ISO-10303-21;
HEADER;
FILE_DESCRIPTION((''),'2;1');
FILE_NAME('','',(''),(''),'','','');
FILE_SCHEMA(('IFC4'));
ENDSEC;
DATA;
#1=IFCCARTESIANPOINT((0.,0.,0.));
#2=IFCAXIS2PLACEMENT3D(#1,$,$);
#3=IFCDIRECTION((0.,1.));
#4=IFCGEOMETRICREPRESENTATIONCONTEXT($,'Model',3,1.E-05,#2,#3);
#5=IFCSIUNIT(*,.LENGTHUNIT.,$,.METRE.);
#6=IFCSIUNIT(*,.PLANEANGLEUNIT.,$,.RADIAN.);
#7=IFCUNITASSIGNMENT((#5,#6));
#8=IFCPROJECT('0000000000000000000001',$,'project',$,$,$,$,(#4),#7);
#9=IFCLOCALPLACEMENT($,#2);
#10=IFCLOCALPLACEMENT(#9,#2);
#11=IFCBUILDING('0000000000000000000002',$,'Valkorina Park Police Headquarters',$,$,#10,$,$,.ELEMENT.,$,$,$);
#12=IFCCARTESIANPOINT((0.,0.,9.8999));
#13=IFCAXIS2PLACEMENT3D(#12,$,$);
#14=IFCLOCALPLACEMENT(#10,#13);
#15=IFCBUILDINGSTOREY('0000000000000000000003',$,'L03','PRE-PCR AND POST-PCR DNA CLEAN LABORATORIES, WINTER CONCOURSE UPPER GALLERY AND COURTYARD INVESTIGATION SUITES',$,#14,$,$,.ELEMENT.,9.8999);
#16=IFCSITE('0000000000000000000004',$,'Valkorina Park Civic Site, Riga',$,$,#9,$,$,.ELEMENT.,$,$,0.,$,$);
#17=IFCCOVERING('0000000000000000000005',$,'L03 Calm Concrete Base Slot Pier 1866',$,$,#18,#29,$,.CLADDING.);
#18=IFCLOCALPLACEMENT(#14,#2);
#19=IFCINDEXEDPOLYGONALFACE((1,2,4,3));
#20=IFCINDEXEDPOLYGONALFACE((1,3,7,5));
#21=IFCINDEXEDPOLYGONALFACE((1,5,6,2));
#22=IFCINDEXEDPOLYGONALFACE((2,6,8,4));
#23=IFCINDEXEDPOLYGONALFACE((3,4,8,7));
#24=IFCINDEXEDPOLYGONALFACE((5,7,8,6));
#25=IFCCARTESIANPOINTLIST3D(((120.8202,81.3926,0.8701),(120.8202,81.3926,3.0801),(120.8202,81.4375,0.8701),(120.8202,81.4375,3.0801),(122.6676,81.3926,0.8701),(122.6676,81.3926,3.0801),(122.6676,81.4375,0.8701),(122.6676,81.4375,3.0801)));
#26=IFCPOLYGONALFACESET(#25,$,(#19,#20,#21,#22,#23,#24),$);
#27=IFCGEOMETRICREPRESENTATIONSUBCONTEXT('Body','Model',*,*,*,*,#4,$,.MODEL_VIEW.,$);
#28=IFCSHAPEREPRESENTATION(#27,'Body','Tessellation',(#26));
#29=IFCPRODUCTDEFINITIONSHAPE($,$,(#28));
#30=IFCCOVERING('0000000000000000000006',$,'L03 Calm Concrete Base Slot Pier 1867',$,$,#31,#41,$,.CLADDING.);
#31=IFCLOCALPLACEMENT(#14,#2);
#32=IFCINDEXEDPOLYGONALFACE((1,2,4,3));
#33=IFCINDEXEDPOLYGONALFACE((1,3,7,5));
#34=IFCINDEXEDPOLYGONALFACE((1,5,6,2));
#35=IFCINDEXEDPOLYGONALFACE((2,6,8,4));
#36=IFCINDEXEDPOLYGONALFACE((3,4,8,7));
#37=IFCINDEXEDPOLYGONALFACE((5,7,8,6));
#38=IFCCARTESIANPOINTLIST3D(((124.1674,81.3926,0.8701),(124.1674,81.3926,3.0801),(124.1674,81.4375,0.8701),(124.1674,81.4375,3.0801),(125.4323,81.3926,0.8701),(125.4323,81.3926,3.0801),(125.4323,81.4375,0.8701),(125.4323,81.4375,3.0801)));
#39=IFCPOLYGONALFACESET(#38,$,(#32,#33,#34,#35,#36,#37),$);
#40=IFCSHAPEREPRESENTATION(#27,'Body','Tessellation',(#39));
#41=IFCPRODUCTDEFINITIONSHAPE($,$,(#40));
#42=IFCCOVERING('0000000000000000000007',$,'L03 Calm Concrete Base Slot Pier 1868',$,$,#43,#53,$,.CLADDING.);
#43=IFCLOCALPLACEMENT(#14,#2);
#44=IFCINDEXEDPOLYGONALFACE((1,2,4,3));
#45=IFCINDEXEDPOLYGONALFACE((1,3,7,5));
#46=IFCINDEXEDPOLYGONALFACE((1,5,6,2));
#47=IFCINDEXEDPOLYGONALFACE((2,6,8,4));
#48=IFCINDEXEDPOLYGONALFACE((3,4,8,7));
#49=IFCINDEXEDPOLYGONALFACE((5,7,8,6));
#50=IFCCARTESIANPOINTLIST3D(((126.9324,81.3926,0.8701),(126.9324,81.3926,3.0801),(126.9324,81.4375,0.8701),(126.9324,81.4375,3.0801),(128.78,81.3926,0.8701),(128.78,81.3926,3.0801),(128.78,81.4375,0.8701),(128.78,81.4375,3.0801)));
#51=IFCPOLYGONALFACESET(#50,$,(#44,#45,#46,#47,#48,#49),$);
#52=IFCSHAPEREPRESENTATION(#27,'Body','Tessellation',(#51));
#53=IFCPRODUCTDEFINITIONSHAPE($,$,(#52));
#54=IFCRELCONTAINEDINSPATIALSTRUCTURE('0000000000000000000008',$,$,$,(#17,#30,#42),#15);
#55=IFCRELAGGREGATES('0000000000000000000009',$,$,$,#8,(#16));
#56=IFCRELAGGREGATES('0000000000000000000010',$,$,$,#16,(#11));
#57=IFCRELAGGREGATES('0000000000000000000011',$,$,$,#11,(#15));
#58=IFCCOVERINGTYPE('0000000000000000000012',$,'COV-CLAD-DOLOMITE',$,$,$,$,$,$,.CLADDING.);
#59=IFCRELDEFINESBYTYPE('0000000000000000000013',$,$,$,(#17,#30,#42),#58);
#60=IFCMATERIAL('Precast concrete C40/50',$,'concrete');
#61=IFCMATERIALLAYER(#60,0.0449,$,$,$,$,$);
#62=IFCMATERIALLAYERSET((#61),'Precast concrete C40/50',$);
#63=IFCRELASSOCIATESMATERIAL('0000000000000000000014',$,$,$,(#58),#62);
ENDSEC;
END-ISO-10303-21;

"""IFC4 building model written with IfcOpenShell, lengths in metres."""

from ifc_helpers import new_model, si_unit, direction, frame, frame_2d, origin, place, context, subcontext, project, spatial, rectangle, extrude, material, layer, layer_set, type_object, element, save


model = new_model("IFC4")

# Units and contexts
model_context = context("Model", 3, precision=1e-05, world=origin(), true_north=direction((0.0, 1.0)))
body_context = subcontext(model_context, "Body", "Model", "MODEL_VIEW")
ifc_project = project(units=[si_unit("LENGTHUNIT", "METRE"), si_unit("PLANEANGLEUNIT", "RADIAN")], contexts=[model_context])

# Site, building, storey
site_placement = place(None, origin())
site = spatial("IfcSite", under=ifc_project, at=site_placement, Name="Valkorina Park Civic Site, Riga", CompositionType="ELEMENT", RefElevation=0.0)
building_placement = place(site_placement, origin())
building = spatial("IfcBuilding", under=site, at=building_placement, Name="Valkorina Park Police Headquarters", CompositionType="ELEMENT")
storey_placement = place(building_placement, frame((0.0, 0.0, 9.8999)))
storey = spatial("IfcBuildingStorey", under=building, at=storey_placement, Name="L03", Description="PRE-PCR AND POST-PCR DNA CLEAN LABORATORIES, WINTER CONCOURSE UPPER GALLERY AND COURTYARD INVESTIGATION SUITES", CompositionType="ELEMENT", Elevation=9.8999)

# Shared definitions
ifc_material_1 = material(Name="Precast concrete C40/50", Category="concrete")

# Coverings
ifc_layer_1 = layer(ifc_material_1, 0.0449)
ifc_layer_set_1 = layer_set([ifc_layer_1], Name="Precast concrete C40/50")
covering_type = type_object("IfcCoveringType", Name="COV-CLAD-DOLOMITE", PredefinedType="CLADDING", material=ifc_layer_set_1)
covering_1_placement = place(storey_placement, frame((120.8201, 81.415, 0.8701), z_axis=(0.0, 0.0, 1.0), x_axis=(1.0, 0.0, 0.0)))
element("IfcCovering", 1, at=covering_1_placement, inside=storey, type_object=covering_type, Name="L03 Calm Concrete Base Slot Pier 1866", PredefinedType="CLADDING", context=body_context, shape_type="SweptSolid", body=[
    extrude(rectangle(XDim=1.8474, YDim=0.0449, at=frame_2d((0.9238, 0.0))), origin(), (0.0, 0.0, 1.0), 2.21),
])
covering_2_placement = place(storey_placement, frame((124.1675, 81.415, 0.8701), z_axis=(0.0, 0.0, 1.0), x_axis=(1.0, 0.0, 0.0)))
element("IfcCovering", 2, at=covering_2_placement, inside=storey, type_object=covering_type, Name="L03 Calm Concrete Base Slot Pier 1867", PredefinedType="CLADDING", context=body_context, shape_type="SweptSolid", body=[
    extrude(rectangle(XDim=1.2649, YDim=0.0449, at=frame_2d((0.6323, 0.0))), origin(), (0.0, 0.0, 1.0), 2.21),
])
covering_3_placement = place(storey_placement, frame((126.9324, 81.415, 0.8701), z_axis=(0.0, 0.0, 1.0), x_axis=(1.0, 0.0, 0.0)))
element("IfcCovering", 3, at=covering_3_placement, inside=storey, type_object=covering_type, Name="L03 Calm Concrete Base Slot Pier 1868", PredefinedType="CLADDING", context=body_context, shape_type="SweptSolid", body=[
    extrude(rectangle(XDim=1.8477, YDim=0.0449, at=frame_2d((0.9238, 0.0))), origin(), (0.0, 0.0, 1.0), 2.21),
])

save(model, "model.ifc")
